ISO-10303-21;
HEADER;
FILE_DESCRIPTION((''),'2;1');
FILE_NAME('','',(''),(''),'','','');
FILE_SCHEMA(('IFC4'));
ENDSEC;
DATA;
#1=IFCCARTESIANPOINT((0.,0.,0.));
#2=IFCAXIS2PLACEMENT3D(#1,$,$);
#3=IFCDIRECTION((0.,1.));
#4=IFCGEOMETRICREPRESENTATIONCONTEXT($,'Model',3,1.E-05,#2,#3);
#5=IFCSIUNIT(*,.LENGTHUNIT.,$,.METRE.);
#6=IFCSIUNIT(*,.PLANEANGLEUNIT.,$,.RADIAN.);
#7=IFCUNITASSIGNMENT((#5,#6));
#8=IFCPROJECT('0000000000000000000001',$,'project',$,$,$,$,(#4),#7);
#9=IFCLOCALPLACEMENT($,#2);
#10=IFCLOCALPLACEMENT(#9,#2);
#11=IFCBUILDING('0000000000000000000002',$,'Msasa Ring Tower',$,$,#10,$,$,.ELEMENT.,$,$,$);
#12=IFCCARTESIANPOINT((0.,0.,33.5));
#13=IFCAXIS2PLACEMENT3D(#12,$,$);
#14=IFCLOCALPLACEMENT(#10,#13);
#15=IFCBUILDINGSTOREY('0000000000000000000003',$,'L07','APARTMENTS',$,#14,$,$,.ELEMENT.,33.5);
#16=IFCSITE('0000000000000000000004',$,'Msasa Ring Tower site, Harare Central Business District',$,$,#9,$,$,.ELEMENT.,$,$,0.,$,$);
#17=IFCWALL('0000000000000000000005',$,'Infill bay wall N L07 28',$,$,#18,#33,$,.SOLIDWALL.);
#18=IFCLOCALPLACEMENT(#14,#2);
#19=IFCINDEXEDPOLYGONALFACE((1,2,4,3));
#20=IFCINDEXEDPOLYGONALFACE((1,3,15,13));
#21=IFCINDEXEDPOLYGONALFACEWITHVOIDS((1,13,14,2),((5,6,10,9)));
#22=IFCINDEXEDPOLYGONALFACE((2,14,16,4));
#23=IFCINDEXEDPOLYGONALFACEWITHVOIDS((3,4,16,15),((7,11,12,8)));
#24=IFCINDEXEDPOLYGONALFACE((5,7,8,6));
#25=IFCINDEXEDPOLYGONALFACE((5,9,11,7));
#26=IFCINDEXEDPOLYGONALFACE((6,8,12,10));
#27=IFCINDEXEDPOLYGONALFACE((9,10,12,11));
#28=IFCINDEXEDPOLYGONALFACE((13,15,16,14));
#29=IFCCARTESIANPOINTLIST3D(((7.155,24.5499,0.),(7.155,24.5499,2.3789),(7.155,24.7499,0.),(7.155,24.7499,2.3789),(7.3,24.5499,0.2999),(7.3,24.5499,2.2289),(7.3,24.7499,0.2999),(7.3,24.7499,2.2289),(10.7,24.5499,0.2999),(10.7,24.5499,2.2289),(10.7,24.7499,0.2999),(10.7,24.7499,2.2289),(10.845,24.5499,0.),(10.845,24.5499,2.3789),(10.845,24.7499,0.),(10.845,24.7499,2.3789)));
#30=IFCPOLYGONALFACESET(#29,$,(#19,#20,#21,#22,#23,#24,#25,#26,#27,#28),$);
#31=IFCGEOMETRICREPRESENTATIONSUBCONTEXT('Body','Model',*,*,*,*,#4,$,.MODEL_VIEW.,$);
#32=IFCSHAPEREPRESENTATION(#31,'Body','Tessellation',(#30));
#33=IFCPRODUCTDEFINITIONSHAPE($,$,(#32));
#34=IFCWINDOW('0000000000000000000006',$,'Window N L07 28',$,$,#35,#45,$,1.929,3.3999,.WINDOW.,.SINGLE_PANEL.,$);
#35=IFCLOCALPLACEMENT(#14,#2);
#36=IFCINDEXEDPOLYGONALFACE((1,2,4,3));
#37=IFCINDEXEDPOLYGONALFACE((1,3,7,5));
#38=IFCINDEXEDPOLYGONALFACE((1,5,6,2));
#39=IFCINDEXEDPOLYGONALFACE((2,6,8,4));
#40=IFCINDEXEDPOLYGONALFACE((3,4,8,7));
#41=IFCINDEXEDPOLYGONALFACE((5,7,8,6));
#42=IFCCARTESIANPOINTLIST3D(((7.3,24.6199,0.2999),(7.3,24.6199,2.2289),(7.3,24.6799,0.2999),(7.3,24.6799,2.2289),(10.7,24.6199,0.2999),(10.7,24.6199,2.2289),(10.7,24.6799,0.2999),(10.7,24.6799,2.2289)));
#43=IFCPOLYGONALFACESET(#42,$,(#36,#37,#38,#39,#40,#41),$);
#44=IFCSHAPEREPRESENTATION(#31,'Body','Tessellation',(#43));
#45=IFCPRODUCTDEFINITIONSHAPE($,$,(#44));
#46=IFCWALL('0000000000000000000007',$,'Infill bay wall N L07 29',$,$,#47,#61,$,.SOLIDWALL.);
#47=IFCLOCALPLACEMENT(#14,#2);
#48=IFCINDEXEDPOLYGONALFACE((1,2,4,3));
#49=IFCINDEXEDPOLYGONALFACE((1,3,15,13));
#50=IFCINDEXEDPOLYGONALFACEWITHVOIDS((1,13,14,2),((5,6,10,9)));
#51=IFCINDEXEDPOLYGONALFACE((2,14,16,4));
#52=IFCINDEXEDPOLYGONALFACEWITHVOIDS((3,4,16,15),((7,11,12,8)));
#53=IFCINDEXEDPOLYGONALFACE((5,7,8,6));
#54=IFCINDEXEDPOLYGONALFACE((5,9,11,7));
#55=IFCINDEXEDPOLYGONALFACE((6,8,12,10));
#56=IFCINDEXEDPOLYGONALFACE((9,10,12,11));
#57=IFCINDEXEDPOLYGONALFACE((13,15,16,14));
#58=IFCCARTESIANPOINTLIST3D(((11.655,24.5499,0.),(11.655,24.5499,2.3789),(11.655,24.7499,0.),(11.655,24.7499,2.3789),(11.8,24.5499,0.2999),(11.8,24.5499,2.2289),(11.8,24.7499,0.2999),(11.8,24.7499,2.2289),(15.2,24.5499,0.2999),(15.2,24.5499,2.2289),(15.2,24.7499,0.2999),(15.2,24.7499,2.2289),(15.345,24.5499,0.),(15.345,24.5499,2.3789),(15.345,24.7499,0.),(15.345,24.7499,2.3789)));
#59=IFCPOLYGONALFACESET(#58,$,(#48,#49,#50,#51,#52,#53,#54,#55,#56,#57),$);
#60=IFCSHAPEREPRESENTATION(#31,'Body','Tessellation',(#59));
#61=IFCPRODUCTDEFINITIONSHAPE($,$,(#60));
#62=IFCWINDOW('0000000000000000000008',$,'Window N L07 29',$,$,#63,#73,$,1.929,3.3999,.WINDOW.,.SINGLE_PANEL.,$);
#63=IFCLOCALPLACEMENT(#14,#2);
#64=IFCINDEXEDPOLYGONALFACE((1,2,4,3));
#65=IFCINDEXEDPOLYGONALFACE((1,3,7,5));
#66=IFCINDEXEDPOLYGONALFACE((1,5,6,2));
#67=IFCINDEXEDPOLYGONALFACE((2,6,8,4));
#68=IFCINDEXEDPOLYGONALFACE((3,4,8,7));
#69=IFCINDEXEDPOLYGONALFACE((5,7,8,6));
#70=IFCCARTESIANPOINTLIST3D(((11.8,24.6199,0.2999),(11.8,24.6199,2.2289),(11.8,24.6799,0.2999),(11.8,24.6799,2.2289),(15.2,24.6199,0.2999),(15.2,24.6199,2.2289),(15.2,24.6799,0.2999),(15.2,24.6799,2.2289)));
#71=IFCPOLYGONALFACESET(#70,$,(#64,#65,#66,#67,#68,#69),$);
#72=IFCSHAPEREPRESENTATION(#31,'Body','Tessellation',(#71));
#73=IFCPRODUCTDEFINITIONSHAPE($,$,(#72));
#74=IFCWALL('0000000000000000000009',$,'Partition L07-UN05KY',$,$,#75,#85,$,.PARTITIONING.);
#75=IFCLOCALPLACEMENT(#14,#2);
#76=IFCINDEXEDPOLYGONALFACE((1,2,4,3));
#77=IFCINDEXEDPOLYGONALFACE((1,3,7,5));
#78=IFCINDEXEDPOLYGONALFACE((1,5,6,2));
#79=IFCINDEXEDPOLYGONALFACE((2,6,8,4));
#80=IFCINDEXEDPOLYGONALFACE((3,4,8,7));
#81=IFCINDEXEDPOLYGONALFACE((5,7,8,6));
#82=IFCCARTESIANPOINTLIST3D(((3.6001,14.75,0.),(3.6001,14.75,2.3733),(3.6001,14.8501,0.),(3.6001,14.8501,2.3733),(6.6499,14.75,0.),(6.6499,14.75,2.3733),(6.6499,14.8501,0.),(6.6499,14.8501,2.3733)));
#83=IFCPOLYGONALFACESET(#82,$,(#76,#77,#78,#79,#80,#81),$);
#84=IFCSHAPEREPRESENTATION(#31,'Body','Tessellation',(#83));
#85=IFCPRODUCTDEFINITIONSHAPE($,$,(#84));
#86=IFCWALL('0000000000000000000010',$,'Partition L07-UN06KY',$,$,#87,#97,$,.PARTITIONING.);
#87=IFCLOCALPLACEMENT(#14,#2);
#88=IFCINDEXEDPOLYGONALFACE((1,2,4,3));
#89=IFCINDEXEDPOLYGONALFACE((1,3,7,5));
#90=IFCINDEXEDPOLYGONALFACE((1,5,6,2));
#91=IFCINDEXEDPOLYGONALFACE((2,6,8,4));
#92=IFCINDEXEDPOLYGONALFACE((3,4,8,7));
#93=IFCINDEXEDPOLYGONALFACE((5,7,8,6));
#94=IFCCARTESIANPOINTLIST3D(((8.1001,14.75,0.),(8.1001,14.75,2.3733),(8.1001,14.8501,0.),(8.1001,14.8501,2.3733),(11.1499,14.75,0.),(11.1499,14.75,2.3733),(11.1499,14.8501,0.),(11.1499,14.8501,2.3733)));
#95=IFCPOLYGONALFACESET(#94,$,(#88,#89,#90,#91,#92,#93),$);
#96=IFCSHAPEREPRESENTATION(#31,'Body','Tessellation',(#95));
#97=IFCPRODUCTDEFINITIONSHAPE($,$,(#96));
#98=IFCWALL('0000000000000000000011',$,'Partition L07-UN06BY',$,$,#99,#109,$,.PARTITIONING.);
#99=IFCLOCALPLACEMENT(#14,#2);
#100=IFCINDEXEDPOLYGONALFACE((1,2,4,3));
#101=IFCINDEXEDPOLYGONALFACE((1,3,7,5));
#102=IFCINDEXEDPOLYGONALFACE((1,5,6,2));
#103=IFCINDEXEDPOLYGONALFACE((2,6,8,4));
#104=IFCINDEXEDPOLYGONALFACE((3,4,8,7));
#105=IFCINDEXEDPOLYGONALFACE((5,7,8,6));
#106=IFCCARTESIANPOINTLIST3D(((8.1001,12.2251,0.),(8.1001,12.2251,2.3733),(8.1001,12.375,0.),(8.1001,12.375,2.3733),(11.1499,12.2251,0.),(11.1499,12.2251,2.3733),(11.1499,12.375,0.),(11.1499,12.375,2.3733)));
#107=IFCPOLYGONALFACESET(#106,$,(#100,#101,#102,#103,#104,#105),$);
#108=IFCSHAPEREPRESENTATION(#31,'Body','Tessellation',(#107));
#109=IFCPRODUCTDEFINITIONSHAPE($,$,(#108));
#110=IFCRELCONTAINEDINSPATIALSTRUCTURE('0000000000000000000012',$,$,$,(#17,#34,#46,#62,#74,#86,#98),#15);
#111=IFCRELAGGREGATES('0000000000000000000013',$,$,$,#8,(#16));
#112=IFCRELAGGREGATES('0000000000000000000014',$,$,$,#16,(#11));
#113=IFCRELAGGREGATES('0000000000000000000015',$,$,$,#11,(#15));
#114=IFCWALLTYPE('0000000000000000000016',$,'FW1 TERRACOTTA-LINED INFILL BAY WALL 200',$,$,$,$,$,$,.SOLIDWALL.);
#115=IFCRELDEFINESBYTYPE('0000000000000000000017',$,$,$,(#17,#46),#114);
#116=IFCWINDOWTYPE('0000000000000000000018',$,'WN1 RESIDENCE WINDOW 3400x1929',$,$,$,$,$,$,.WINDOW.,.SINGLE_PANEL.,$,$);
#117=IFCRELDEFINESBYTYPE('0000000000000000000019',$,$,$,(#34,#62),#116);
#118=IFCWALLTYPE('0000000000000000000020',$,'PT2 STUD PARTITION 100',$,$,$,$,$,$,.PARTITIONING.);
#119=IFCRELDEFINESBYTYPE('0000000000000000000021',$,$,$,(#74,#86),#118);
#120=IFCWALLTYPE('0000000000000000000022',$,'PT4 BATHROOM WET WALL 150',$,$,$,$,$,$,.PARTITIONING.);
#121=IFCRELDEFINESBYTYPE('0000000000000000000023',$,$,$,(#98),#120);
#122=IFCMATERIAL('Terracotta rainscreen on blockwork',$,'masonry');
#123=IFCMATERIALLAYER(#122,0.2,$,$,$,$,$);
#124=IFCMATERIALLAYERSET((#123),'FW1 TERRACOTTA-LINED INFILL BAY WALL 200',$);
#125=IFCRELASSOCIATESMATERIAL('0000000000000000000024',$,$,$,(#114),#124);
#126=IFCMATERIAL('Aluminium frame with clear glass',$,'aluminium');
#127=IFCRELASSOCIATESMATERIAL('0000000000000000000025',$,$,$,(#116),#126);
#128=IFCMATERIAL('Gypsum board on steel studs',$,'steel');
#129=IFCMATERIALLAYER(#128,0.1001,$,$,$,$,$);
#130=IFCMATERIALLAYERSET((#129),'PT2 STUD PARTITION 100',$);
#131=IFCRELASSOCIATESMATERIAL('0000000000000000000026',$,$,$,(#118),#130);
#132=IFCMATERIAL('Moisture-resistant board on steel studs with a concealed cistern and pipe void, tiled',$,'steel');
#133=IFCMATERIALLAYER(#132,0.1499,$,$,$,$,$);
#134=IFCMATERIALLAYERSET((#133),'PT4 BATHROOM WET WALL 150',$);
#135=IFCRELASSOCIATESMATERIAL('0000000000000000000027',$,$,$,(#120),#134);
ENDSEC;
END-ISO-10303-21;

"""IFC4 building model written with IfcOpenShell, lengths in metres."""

from ifc_helpers import new_model, si_unit, direction, frame, frame_2d, origin, place, context, subcontext, project, spatial, rectangle, extrude, material, layer, layer_set, type_object, element, fill, save


model = new_model("IFC4")

# Units and contexts
model_context = context("Model", 3, precision=1e-05, world=origin(), true_north=direction((0.0, 1.0)))
body_context = subcontext(model_context, "Body", "Model", "MODEL_VIEW")
ifc_project = project(units=[si_unit("LENGTHUNIT", "METRE"), si_unit("PLANEANGLEUNIT", "RADIAN")], contexts=[model_context])

# Site, building, storey
site_placement = place(None, origin())
site = spatial("IfcSite", under=ifc_project, at=site_placement, Name="Msasa Ring Tower site, Harare Central Business District", CompositionType="ELEMENT", RefElevation=0.0)
building_placement = place(site_placement, origin())
building = spatial("IfcBuilding", under=site, at=building_placement, Name="Msasa Ring Tower", CompositionType="ELEMENT")
storey_placement = place(building_placement, frame((0.0, 0.0, 33.5)))
storey = spatial("IfcBuildingStorey", under=building, at=storey_placement, Name="L07", Description="APARTMENTS", CompositionType="ELEMENT", Elevation=33.5)

# Walls, openings, windows
ifc_material_1 = material(Name="Terracotta rainscreen on blockwork", Category="masonry")
ifc_layer_1 = layer(ifc_material_1, 0.2)
ifc_layer_set_1 = layer_set([ifc_layer_1], Name="FW1 TERRACOTTA-LINED INFILL BAY WALL 200")
wall_type_1 = type_object("IfcWallType", Name="FW1 TERRACOTTA-LINED INFILL BAY WALL 200", PredefinedType="SOLIDWALL", material=ifc_layer_set_1)
ifc_material_2 = material(Name="Aluminium frame with clear glass", Category="aluminium")
window_type = type_object("IfcWindowType", Name="WN1 RESIDENCE WINDOW 3400x1929", PartitioningType="SINGLE_PANEL", PredefinedType="WINDOW", material=ifc_material_2)
wall_1_placement = place(storey_placement, frame((7.155, 24.6499, 0.0), z_axis=(0.0, 0.0, 1.0), x_axis=(1.0, 0.0, 0.0)))
wall_1 = element("IfcWall", 1, at=wall_1_placement, inside=storey, type_object=wall_type_1, Name="Infill bay wall N L07 28", PredefinedType="SOLIDWALL", context=body_context, shape_type="SweptSolid", body=[
    extrude(rectangle(XDim=3.6899, YDim=0.2, at=frame_2d((1.845, 0.0))), origin(), (0.0, 0.0, 1.0), 2.3789),
])
opening_1_placement = place(wall_1_placement, frame((0.145, 0.0, 0.3)))
opening_1 = element("IfcOpeningElement", 2, at=opening_1_placement, cuts=wall_1, PredefinedType="OPENING", context=body_context, shape_type="SweptSolid", body=[
    extrude(rectangle(XDim=3.3999, YDim=1.929, at=frame_2d((1.7, 0.9644))), frame((0.0, 0.1099, 0.0), z_axis=(0.0, -1.0, 0.0), x_axis=(1.0, 0.0, 0.0)), (0.0, 0.0, 1.0), 0.22),
])
window_1_placement = place(opening_1_placement, origin())
window_1 = element("IfcWindow", 3, at=window_1_placement, inside=storey, type_object=window_type, Name="Window N L07 28", OverallHeight=1.929, OverallWidth=3.3999, PartitioningType="SINGLE_PANEL", PredefinedType="WINDOW", context=body_context, shape_type="SweptSolid", body=[
    extrude(rectangle(XDim=3.3999, YDim=1.929, at=frame_2d((1.7, 0.9644))), frame((0.0, 0.03, 0.0), z_axis=(0.0, -1.0, 0.0), x_axis=(1.0, 0.0, 0.0)), (0.0, 0.0, 1.0), 0.0601),
])
fill(opening_1, window_1)
wall_2_placement = place(storey_placement, frame((11.655, 24.6499, 0.0), z_axis=(0.0, 0.0, 1.0), x_axis=(1.0, 0.0, 0.0)))
wall_2 = element("IfcWall", 4, at=wall_2_placement, inside=storey, type_object=wall_type_1, Name="Infill bay wall N L07 29", PredefinedType="SOLIDWALL", context=body_context, shape_type="SweptSolid", body=[
    extrude(rectangle(XDim=3.6899, YDim=0.2, at=frame_2d((1.845, 0.0))), origin(), (0.0, 0.0, 1.0), 2.3789),
])
opening_2_placement = place(wall_2_placement, frame((0.145, 0.0, 0.3)))
opening_2 = element("IfcOpeningElement", 5, at=opening_2_placement, cuts=wall_2, PredefinedType="OPENING", context=body_context, shape_type="SweptSolid", body=[
    extrude(rectangle(XDim=3.3999, YDim=1.929, at=frame_2d((1.7, 0.9644))), frame((0.0, 0.1099, 0.0), z_axis=(0.0, -1.0, 0.0), x_axis=(1.0, 0.0, 0.0)), (0.0, 0.0, 1.0), 0.22),
])
window_2_placement = place(opening_2_placement, origin())
window_2 = element("IfcWindow", 6, at=window_2_placement, inside=storey, type_object=window_type, Name="Window N L07 29", OverallHeight=1.929, OverallWidth=3.3999, PartitioningType="SINGLE_PANEL", PredefinedType="WINDOW", context=body_context, shape_type="SweptSolid", body=[
    extrude(rectangle(XDim=3.3999, YDim=1.929, at=frame_2d((1.7, 0.9644))), frame((0.0, 0.03, 0.0), z_axis=(0.0, -1.0, 0.0), x_axis=(1.0, 0.0, 0.0)), (0.0, 0.0, 1.0), 0.0601),
])
fill(opening_2, window_2)

# Walls
ifc_material_3 = material(Name="Gypsum board on steel studs", Category="steel")
ifc_layer_2 = layer(ifc_material_3, 0.1001)
ifc_layer_set_2 = layer_set([ifc_layer_2], Name="PT2 STUD PARTITION 100")
wall_type_2 = type_object("IfcWallType", Name="PT2 STUD PARTITION 100", PredefinedType="PARTITIONING", material=ifc_layer_set_2)
for number, where, z_axis, x_axis, name in (
    (7, (3.6001, 14.8, 0.0), (0.0, 0.0, 1.0), (1.0, 0.0, 0.0), "Partition L07-UN05KY"),
    (8, (8.1001, 14.8, 0.0), (0.0, 0.0, 1.0), (1.0, 0.0, 0.0), "Partition L07-UN06KY"),
):
    element("IfcWall", number, at=place(storey_placement, frame(where, z_axis=z_axis, x_axis=x_axis)), inside=storey, type_object=wall_type_2, Name=name, PredefinedType="PARTITIONING", context=body_context, shape_type="SweptSolid", body=[
        extrude(rectangle(XDim=3.0498, YDim=0.1001, at=frame_2d((1.5249, 0.0))), origin(), (0.0, 0.0, 1.0), 2.3733),
    ])
ifc_material_4 = material(Name="Moisture-resistant board on steel studs with a concealed cistern and pipe void, tiled", Category="steel")
ifc_layer_3 = layer(ifc_material_4, 0.1499)
ifc_layer_set_3 = layer_set([ifc_layer_3], Name="PT4 BATHROOM WET WALL 150")
wall_type_3 = type_object("IfcWallType", Name="PT4 BATHROOM WET WALL 150", PredefinedType="PARTITIONING", material=ifc_layer_set_3)
wall_3_placement = place(storey_placement, frame((8.1001, 12.3, 0.0), z_axis=(0.0, 0.0, 1.0), x_axis=(1.0, 0.0, 0.0)))
element("IfcWall", 9, at=wall_3_placement, inside=storey, type_object=wall_type_3, Name="Partition L07-UN06BY", PredefinedType="PARTITIONING", context=body_context, shape_type="SweptSolid", body=[
    extrude(rectangle(XDim=3.0498, YDim=0.1499, at=frame_2d((1.5249, 0.0))), origin(), (0.0, 0.0, 1.0), 2.3733),
])

save(model, "model.ifc")
